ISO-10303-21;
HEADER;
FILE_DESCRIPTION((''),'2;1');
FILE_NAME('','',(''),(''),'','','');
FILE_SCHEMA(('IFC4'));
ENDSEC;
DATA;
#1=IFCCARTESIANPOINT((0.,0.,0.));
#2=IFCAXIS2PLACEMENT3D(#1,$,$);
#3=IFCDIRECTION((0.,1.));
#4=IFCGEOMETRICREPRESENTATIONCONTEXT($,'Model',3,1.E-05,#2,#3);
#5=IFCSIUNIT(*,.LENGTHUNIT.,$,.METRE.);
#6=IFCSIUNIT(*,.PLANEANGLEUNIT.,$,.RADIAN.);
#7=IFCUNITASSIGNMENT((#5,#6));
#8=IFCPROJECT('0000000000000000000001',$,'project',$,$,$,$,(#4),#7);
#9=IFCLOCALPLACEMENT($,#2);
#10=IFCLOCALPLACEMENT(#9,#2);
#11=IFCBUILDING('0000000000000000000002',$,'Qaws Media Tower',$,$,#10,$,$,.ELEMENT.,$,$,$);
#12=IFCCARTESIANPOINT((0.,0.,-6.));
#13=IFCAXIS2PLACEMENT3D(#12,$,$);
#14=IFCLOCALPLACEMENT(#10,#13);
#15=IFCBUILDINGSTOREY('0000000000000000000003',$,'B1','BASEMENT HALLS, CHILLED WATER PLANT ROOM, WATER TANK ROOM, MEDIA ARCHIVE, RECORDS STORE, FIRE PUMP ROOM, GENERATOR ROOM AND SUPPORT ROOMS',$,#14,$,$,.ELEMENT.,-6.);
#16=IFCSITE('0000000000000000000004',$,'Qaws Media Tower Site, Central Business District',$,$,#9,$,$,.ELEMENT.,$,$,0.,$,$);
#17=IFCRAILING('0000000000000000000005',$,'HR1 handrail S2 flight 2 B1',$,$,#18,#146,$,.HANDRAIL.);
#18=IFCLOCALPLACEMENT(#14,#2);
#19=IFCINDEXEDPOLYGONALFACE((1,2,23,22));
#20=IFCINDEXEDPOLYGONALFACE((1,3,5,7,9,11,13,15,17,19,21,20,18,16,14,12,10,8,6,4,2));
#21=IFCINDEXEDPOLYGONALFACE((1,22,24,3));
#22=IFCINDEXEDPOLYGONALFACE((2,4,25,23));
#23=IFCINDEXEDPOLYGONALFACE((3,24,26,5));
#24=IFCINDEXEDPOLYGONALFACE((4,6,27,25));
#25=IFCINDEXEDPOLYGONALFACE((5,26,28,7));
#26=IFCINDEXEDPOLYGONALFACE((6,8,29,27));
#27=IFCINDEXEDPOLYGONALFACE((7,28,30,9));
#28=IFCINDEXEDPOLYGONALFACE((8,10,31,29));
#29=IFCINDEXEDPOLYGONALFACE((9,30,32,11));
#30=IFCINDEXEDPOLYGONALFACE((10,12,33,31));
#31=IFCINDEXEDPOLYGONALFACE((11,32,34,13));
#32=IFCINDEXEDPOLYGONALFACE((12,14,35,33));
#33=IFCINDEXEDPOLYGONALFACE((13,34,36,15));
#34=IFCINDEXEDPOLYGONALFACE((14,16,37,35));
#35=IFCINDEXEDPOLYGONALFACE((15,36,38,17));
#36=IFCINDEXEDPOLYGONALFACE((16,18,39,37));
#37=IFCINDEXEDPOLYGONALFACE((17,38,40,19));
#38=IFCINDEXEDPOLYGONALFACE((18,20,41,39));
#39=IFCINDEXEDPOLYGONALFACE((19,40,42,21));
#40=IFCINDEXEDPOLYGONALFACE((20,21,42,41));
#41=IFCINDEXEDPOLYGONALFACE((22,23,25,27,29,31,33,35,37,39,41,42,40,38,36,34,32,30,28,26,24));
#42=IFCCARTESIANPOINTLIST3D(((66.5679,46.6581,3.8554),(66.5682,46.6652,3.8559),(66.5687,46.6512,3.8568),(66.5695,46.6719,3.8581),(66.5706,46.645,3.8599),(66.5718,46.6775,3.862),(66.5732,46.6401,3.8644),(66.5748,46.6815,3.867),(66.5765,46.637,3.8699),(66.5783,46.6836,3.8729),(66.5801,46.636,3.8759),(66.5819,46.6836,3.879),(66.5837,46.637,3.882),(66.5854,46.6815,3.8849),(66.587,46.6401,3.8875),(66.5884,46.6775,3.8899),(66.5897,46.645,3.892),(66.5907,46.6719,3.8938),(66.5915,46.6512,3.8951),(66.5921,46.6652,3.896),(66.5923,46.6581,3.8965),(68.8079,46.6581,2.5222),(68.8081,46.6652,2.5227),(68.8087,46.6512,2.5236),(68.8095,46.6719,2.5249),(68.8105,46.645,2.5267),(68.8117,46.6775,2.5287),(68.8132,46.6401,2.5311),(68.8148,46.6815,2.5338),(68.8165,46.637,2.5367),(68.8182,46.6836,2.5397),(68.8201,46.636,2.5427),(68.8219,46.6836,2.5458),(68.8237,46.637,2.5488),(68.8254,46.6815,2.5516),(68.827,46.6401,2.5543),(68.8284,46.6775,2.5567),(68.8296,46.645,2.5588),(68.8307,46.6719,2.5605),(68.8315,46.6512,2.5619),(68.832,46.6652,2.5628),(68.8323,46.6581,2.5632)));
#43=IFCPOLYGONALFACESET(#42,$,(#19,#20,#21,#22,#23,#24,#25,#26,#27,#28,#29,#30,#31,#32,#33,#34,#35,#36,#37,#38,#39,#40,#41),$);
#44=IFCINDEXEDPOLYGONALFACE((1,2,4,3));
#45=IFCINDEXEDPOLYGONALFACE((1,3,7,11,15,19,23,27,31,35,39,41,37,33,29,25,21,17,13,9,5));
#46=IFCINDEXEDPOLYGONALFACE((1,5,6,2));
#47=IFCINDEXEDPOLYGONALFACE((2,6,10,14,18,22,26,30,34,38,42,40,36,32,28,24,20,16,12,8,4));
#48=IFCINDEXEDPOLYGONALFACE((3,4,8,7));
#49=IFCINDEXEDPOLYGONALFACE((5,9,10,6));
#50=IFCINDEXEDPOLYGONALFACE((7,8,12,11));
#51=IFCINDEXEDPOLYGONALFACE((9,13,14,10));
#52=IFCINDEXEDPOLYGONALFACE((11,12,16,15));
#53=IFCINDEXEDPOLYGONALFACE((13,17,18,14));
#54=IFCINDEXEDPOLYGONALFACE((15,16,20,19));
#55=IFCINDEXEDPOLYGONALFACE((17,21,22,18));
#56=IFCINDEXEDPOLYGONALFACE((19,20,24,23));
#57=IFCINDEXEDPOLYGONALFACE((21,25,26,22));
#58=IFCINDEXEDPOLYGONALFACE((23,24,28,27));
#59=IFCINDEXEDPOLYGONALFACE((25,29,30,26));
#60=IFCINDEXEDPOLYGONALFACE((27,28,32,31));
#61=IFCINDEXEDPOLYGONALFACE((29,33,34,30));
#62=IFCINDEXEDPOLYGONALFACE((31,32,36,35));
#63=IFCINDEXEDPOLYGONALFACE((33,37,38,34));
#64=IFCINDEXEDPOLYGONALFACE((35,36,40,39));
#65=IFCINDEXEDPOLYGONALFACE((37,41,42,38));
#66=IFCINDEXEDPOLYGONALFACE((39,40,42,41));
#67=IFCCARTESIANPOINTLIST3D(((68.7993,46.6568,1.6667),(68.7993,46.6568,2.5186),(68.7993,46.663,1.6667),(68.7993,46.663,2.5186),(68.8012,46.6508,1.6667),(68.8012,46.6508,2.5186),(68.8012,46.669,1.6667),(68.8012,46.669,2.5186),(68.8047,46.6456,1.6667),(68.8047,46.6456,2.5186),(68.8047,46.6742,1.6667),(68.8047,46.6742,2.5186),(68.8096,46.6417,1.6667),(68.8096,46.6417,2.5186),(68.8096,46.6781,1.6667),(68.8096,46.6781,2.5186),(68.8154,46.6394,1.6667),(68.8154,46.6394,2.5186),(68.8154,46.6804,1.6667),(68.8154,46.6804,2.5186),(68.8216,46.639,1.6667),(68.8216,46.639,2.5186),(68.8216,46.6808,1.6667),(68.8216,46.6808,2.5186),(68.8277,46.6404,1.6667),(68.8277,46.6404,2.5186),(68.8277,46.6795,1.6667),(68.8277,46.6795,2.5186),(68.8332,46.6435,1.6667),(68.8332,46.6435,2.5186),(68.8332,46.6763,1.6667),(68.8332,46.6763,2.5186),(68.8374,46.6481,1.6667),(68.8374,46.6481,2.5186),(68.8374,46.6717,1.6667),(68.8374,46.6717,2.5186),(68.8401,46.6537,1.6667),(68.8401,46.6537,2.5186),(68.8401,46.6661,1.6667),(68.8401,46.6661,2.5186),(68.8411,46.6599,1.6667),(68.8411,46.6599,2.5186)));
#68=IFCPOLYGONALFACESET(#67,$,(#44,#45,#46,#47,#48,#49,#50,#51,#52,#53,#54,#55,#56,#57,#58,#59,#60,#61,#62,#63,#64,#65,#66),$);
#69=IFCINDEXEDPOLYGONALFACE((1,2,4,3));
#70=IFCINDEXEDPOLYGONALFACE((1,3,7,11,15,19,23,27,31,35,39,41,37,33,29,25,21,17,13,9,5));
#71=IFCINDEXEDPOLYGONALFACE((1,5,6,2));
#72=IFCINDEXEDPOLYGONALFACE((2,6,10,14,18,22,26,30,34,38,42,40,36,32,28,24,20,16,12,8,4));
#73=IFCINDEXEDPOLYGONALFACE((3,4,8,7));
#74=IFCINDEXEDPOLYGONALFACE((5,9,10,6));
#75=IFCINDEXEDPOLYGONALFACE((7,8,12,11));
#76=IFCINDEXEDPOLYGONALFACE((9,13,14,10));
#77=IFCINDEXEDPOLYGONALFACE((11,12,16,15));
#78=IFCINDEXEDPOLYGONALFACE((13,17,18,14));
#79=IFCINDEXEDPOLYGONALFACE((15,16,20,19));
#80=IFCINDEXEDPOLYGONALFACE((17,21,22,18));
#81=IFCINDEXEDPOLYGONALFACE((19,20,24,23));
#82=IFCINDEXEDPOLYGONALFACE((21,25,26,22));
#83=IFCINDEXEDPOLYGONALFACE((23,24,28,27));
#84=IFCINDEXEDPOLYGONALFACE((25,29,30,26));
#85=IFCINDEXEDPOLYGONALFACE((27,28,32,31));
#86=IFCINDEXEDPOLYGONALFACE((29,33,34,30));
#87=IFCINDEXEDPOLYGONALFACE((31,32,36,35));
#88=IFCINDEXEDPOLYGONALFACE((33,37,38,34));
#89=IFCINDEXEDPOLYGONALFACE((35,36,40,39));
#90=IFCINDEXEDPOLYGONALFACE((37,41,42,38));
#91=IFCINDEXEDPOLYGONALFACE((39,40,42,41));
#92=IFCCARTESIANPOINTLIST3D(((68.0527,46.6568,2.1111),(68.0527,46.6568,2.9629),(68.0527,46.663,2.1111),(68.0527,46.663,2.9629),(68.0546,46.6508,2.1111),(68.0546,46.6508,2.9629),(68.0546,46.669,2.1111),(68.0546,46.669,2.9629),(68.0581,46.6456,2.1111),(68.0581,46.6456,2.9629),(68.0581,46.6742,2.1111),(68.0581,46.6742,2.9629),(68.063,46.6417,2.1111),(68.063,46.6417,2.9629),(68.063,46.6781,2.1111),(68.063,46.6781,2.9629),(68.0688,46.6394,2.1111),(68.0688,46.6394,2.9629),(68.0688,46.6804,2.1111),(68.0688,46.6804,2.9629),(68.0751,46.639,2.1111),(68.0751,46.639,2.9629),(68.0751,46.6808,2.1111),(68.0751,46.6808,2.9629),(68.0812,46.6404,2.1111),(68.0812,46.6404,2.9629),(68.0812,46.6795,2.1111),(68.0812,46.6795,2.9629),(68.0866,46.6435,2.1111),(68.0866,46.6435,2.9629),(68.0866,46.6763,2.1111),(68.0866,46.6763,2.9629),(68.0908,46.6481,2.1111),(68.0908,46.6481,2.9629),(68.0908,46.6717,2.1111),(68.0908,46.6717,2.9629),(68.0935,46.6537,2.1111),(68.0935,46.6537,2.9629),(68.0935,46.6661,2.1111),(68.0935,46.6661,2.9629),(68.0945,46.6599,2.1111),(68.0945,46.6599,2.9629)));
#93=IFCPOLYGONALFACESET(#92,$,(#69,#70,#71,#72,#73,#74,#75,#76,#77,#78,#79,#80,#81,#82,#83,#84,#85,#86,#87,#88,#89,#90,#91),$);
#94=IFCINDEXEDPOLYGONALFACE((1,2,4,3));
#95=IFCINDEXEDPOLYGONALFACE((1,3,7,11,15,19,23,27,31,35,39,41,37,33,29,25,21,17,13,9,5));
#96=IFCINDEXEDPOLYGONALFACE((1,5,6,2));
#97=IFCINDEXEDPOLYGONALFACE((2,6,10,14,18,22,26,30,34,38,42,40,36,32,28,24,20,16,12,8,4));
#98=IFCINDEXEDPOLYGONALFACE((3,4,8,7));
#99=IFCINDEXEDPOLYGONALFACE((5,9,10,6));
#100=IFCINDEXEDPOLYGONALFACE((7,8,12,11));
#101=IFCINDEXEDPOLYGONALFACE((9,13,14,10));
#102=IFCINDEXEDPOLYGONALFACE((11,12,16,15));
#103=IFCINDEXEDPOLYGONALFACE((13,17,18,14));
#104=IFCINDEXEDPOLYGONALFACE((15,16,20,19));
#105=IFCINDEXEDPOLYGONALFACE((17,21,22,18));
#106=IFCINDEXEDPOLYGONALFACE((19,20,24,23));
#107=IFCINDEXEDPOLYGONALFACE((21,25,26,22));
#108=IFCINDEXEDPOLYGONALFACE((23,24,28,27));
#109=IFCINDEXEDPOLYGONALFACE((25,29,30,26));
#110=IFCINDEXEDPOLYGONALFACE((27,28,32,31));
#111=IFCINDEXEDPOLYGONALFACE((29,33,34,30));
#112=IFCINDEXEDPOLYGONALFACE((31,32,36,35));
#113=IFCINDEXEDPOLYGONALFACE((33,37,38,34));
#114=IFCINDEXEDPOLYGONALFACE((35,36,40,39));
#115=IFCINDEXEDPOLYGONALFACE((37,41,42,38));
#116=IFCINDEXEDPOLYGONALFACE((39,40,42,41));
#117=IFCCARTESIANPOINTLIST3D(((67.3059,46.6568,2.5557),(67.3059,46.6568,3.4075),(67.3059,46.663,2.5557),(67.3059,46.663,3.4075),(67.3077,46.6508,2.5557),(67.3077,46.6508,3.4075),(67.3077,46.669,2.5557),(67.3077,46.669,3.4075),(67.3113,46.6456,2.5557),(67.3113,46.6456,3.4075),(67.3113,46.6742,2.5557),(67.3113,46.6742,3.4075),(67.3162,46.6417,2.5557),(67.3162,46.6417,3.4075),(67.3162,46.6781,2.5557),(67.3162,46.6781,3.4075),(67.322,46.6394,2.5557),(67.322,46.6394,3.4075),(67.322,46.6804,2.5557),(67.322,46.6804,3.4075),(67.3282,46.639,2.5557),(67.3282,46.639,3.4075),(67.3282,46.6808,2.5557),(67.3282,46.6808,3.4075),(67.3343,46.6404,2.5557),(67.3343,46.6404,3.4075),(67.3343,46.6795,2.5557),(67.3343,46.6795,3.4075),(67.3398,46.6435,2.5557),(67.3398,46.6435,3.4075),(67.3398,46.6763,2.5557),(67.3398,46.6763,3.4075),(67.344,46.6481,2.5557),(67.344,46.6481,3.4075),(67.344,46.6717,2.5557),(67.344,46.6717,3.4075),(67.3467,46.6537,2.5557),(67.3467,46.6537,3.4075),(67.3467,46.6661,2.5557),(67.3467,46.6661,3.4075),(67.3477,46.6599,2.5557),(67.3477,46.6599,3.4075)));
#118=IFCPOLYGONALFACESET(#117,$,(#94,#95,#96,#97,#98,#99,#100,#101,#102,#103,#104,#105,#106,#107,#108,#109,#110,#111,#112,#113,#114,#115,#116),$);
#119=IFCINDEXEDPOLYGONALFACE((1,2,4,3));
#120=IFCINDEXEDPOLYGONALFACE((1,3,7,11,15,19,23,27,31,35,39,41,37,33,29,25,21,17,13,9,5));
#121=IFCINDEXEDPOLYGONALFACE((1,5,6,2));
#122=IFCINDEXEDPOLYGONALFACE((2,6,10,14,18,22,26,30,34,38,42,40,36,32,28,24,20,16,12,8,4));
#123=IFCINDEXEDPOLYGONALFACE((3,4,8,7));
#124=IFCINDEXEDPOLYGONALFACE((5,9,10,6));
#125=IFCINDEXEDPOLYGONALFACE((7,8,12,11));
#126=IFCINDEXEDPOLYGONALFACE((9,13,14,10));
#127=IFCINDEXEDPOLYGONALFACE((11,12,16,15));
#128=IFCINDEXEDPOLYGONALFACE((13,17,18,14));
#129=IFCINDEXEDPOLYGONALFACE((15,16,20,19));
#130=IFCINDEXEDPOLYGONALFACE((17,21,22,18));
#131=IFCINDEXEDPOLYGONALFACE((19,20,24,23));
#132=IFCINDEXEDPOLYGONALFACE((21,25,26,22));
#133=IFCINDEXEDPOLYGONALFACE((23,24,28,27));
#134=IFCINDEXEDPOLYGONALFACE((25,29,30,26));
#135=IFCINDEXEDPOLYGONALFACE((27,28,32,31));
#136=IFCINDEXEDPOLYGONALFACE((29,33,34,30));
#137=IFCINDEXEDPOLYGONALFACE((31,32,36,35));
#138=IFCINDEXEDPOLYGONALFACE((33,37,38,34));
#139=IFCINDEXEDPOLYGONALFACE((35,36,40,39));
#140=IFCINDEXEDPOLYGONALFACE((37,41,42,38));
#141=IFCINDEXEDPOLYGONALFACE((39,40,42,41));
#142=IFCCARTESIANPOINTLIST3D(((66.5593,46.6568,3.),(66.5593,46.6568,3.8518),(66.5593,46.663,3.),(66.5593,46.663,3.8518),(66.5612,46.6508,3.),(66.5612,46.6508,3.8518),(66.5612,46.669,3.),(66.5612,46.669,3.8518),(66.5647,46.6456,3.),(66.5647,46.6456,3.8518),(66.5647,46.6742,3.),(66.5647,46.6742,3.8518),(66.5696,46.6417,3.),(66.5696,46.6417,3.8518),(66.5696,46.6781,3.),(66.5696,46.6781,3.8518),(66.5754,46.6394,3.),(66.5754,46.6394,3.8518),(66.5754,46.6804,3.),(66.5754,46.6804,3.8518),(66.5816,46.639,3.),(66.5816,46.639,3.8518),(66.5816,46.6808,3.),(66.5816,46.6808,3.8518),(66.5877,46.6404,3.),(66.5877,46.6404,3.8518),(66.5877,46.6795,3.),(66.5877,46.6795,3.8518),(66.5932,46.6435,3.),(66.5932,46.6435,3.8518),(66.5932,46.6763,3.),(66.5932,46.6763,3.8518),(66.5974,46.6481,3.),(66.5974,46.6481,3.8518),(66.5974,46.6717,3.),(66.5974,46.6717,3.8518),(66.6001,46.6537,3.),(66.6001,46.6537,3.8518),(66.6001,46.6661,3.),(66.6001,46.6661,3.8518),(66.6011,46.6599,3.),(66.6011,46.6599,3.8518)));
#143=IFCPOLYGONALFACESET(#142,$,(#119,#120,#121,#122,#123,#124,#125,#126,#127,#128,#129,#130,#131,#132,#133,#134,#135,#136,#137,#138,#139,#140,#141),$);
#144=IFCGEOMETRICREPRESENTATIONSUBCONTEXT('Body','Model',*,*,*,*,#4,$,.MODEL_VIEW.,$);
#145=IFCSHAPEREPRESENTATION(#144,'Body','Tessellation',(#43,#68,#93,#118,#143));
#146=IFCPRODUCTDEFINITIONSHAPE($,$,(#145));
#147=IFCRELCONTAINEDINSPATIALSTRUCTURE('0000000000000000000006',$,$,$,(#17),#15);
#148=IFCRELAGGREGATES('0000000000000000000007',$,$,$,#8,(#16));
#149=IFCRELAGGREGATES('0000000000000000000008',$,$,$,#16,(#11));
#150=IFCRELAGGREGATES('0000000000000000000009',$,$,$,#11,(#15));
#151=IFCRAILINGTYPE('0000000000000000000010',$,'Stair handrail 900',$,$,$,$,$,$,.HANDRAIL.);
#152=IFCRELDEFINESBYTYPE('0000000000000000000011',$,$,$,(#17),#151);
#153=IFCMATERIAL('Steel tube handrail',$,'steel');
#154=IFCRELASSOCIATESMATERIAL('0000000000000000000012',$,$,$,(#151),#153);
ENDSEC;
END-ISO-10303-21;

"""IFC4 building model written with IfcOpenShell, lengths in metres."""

from ifc_helpers import new_model, si_unit, direction, frame, origin, origin_2d, place, context, subcontext, project, spatial, circle, extrude, material, type_object, element, save


model = new_model("IFC4")

# Units and contexts
model_context = context("Model", 3, precision=1e-05, world=origin(), true_north=direction((0.0, 1.0)))
body_context = subcontext(model_context, "Body", "Model", "MODEL_VIEW")
ifc_project = project(units=[si_unit("LENGTHUNIT", "METRE"), si_unit("PLANEANGLEUNIT", "RADIAN")], contexts=[model_context])

# Site, building, storey
site_placement = place(None, origin())
site = spatial("IfcSite", under=ifc_project, at=site_placement, Name="Qaws Media Tower Site, Central Business District", CompositionType="ELEMENT", RefElevation=0.0)
building_placement = place(site_placement, origin())
building = spatial("IfcBuilding", under=site, at=building_placement, Name="Qaws Media Tower", CompositionType="ELEMENT")
storey_placement = place(building_placement, frame((0.0, 0.0, -6.0)))
storey = spatial("IfcBuildingStorey", under=building, at=storey_placement, Name="B1", Description="BASEMENT HALLS, CHILLED WATER PLANT ROOM, WATER TANK ROOM, MEDIA ARCHIVE, RECORDS STORE, FIRE PUMP ROOM, GENERATOR ROOM AND SUPPORT ROOMS", CompositionType="ELEMENT", Elevation=-6.0)

# Railing
ifc_material_1 = material(Name="Steel tube handrail", Category="steel")
railing_type = type_object("IfcRailingType", Name="Stair handrail 900", PredefinedType="HANDRAIL", material=ifc_material_1)
for number, where, name in (
    (1, (68.8201, 46.6599, 1.6667), "HR1 handrail S2 flight 2 B1"),
):
    element("IfcRailing", number, at=place(storey_placement, frame(where)), inside=storey, type_object=railing_type, Name=name, PredefinedType="HANDRAIL", context=body_context, shape_type="SweptSolid", body=[
        extrude(circle(Radius=0.0239, at=origin_2d()), frame((0.0, 0.0, 0.876), z_axis=(-0.859306, 0.0, 0.511462), x_axis=(0.0, -1.0, 0.0)), (0.0, 0.0, 1.0), 2.6067),
        extrude(circle(Radius=0.021, at=origin_2d()), origin(), (0.0, 0.0, 1.0), 0.8518),
        extrude(circle(Radius=0.021, at=origin_2d()), frame((-0.7466, 0.0, 0.4443)), (0.0, 0.0, 1.0), 0.8518),
        extrude(circle(Radius=0.021, at=origin_2d()), frame((-1.4934, 0.0, 0.8889)), (0.0, 0.0, 1.0), 0.8518),
        extrude(circle(Radius=0.021, at=origin_2d()), frame((-2.24, 0.0, 1.3333)), (0.0, 0.0, 1.0), 0.8518),
    ])

save(model, "model.ifc")
